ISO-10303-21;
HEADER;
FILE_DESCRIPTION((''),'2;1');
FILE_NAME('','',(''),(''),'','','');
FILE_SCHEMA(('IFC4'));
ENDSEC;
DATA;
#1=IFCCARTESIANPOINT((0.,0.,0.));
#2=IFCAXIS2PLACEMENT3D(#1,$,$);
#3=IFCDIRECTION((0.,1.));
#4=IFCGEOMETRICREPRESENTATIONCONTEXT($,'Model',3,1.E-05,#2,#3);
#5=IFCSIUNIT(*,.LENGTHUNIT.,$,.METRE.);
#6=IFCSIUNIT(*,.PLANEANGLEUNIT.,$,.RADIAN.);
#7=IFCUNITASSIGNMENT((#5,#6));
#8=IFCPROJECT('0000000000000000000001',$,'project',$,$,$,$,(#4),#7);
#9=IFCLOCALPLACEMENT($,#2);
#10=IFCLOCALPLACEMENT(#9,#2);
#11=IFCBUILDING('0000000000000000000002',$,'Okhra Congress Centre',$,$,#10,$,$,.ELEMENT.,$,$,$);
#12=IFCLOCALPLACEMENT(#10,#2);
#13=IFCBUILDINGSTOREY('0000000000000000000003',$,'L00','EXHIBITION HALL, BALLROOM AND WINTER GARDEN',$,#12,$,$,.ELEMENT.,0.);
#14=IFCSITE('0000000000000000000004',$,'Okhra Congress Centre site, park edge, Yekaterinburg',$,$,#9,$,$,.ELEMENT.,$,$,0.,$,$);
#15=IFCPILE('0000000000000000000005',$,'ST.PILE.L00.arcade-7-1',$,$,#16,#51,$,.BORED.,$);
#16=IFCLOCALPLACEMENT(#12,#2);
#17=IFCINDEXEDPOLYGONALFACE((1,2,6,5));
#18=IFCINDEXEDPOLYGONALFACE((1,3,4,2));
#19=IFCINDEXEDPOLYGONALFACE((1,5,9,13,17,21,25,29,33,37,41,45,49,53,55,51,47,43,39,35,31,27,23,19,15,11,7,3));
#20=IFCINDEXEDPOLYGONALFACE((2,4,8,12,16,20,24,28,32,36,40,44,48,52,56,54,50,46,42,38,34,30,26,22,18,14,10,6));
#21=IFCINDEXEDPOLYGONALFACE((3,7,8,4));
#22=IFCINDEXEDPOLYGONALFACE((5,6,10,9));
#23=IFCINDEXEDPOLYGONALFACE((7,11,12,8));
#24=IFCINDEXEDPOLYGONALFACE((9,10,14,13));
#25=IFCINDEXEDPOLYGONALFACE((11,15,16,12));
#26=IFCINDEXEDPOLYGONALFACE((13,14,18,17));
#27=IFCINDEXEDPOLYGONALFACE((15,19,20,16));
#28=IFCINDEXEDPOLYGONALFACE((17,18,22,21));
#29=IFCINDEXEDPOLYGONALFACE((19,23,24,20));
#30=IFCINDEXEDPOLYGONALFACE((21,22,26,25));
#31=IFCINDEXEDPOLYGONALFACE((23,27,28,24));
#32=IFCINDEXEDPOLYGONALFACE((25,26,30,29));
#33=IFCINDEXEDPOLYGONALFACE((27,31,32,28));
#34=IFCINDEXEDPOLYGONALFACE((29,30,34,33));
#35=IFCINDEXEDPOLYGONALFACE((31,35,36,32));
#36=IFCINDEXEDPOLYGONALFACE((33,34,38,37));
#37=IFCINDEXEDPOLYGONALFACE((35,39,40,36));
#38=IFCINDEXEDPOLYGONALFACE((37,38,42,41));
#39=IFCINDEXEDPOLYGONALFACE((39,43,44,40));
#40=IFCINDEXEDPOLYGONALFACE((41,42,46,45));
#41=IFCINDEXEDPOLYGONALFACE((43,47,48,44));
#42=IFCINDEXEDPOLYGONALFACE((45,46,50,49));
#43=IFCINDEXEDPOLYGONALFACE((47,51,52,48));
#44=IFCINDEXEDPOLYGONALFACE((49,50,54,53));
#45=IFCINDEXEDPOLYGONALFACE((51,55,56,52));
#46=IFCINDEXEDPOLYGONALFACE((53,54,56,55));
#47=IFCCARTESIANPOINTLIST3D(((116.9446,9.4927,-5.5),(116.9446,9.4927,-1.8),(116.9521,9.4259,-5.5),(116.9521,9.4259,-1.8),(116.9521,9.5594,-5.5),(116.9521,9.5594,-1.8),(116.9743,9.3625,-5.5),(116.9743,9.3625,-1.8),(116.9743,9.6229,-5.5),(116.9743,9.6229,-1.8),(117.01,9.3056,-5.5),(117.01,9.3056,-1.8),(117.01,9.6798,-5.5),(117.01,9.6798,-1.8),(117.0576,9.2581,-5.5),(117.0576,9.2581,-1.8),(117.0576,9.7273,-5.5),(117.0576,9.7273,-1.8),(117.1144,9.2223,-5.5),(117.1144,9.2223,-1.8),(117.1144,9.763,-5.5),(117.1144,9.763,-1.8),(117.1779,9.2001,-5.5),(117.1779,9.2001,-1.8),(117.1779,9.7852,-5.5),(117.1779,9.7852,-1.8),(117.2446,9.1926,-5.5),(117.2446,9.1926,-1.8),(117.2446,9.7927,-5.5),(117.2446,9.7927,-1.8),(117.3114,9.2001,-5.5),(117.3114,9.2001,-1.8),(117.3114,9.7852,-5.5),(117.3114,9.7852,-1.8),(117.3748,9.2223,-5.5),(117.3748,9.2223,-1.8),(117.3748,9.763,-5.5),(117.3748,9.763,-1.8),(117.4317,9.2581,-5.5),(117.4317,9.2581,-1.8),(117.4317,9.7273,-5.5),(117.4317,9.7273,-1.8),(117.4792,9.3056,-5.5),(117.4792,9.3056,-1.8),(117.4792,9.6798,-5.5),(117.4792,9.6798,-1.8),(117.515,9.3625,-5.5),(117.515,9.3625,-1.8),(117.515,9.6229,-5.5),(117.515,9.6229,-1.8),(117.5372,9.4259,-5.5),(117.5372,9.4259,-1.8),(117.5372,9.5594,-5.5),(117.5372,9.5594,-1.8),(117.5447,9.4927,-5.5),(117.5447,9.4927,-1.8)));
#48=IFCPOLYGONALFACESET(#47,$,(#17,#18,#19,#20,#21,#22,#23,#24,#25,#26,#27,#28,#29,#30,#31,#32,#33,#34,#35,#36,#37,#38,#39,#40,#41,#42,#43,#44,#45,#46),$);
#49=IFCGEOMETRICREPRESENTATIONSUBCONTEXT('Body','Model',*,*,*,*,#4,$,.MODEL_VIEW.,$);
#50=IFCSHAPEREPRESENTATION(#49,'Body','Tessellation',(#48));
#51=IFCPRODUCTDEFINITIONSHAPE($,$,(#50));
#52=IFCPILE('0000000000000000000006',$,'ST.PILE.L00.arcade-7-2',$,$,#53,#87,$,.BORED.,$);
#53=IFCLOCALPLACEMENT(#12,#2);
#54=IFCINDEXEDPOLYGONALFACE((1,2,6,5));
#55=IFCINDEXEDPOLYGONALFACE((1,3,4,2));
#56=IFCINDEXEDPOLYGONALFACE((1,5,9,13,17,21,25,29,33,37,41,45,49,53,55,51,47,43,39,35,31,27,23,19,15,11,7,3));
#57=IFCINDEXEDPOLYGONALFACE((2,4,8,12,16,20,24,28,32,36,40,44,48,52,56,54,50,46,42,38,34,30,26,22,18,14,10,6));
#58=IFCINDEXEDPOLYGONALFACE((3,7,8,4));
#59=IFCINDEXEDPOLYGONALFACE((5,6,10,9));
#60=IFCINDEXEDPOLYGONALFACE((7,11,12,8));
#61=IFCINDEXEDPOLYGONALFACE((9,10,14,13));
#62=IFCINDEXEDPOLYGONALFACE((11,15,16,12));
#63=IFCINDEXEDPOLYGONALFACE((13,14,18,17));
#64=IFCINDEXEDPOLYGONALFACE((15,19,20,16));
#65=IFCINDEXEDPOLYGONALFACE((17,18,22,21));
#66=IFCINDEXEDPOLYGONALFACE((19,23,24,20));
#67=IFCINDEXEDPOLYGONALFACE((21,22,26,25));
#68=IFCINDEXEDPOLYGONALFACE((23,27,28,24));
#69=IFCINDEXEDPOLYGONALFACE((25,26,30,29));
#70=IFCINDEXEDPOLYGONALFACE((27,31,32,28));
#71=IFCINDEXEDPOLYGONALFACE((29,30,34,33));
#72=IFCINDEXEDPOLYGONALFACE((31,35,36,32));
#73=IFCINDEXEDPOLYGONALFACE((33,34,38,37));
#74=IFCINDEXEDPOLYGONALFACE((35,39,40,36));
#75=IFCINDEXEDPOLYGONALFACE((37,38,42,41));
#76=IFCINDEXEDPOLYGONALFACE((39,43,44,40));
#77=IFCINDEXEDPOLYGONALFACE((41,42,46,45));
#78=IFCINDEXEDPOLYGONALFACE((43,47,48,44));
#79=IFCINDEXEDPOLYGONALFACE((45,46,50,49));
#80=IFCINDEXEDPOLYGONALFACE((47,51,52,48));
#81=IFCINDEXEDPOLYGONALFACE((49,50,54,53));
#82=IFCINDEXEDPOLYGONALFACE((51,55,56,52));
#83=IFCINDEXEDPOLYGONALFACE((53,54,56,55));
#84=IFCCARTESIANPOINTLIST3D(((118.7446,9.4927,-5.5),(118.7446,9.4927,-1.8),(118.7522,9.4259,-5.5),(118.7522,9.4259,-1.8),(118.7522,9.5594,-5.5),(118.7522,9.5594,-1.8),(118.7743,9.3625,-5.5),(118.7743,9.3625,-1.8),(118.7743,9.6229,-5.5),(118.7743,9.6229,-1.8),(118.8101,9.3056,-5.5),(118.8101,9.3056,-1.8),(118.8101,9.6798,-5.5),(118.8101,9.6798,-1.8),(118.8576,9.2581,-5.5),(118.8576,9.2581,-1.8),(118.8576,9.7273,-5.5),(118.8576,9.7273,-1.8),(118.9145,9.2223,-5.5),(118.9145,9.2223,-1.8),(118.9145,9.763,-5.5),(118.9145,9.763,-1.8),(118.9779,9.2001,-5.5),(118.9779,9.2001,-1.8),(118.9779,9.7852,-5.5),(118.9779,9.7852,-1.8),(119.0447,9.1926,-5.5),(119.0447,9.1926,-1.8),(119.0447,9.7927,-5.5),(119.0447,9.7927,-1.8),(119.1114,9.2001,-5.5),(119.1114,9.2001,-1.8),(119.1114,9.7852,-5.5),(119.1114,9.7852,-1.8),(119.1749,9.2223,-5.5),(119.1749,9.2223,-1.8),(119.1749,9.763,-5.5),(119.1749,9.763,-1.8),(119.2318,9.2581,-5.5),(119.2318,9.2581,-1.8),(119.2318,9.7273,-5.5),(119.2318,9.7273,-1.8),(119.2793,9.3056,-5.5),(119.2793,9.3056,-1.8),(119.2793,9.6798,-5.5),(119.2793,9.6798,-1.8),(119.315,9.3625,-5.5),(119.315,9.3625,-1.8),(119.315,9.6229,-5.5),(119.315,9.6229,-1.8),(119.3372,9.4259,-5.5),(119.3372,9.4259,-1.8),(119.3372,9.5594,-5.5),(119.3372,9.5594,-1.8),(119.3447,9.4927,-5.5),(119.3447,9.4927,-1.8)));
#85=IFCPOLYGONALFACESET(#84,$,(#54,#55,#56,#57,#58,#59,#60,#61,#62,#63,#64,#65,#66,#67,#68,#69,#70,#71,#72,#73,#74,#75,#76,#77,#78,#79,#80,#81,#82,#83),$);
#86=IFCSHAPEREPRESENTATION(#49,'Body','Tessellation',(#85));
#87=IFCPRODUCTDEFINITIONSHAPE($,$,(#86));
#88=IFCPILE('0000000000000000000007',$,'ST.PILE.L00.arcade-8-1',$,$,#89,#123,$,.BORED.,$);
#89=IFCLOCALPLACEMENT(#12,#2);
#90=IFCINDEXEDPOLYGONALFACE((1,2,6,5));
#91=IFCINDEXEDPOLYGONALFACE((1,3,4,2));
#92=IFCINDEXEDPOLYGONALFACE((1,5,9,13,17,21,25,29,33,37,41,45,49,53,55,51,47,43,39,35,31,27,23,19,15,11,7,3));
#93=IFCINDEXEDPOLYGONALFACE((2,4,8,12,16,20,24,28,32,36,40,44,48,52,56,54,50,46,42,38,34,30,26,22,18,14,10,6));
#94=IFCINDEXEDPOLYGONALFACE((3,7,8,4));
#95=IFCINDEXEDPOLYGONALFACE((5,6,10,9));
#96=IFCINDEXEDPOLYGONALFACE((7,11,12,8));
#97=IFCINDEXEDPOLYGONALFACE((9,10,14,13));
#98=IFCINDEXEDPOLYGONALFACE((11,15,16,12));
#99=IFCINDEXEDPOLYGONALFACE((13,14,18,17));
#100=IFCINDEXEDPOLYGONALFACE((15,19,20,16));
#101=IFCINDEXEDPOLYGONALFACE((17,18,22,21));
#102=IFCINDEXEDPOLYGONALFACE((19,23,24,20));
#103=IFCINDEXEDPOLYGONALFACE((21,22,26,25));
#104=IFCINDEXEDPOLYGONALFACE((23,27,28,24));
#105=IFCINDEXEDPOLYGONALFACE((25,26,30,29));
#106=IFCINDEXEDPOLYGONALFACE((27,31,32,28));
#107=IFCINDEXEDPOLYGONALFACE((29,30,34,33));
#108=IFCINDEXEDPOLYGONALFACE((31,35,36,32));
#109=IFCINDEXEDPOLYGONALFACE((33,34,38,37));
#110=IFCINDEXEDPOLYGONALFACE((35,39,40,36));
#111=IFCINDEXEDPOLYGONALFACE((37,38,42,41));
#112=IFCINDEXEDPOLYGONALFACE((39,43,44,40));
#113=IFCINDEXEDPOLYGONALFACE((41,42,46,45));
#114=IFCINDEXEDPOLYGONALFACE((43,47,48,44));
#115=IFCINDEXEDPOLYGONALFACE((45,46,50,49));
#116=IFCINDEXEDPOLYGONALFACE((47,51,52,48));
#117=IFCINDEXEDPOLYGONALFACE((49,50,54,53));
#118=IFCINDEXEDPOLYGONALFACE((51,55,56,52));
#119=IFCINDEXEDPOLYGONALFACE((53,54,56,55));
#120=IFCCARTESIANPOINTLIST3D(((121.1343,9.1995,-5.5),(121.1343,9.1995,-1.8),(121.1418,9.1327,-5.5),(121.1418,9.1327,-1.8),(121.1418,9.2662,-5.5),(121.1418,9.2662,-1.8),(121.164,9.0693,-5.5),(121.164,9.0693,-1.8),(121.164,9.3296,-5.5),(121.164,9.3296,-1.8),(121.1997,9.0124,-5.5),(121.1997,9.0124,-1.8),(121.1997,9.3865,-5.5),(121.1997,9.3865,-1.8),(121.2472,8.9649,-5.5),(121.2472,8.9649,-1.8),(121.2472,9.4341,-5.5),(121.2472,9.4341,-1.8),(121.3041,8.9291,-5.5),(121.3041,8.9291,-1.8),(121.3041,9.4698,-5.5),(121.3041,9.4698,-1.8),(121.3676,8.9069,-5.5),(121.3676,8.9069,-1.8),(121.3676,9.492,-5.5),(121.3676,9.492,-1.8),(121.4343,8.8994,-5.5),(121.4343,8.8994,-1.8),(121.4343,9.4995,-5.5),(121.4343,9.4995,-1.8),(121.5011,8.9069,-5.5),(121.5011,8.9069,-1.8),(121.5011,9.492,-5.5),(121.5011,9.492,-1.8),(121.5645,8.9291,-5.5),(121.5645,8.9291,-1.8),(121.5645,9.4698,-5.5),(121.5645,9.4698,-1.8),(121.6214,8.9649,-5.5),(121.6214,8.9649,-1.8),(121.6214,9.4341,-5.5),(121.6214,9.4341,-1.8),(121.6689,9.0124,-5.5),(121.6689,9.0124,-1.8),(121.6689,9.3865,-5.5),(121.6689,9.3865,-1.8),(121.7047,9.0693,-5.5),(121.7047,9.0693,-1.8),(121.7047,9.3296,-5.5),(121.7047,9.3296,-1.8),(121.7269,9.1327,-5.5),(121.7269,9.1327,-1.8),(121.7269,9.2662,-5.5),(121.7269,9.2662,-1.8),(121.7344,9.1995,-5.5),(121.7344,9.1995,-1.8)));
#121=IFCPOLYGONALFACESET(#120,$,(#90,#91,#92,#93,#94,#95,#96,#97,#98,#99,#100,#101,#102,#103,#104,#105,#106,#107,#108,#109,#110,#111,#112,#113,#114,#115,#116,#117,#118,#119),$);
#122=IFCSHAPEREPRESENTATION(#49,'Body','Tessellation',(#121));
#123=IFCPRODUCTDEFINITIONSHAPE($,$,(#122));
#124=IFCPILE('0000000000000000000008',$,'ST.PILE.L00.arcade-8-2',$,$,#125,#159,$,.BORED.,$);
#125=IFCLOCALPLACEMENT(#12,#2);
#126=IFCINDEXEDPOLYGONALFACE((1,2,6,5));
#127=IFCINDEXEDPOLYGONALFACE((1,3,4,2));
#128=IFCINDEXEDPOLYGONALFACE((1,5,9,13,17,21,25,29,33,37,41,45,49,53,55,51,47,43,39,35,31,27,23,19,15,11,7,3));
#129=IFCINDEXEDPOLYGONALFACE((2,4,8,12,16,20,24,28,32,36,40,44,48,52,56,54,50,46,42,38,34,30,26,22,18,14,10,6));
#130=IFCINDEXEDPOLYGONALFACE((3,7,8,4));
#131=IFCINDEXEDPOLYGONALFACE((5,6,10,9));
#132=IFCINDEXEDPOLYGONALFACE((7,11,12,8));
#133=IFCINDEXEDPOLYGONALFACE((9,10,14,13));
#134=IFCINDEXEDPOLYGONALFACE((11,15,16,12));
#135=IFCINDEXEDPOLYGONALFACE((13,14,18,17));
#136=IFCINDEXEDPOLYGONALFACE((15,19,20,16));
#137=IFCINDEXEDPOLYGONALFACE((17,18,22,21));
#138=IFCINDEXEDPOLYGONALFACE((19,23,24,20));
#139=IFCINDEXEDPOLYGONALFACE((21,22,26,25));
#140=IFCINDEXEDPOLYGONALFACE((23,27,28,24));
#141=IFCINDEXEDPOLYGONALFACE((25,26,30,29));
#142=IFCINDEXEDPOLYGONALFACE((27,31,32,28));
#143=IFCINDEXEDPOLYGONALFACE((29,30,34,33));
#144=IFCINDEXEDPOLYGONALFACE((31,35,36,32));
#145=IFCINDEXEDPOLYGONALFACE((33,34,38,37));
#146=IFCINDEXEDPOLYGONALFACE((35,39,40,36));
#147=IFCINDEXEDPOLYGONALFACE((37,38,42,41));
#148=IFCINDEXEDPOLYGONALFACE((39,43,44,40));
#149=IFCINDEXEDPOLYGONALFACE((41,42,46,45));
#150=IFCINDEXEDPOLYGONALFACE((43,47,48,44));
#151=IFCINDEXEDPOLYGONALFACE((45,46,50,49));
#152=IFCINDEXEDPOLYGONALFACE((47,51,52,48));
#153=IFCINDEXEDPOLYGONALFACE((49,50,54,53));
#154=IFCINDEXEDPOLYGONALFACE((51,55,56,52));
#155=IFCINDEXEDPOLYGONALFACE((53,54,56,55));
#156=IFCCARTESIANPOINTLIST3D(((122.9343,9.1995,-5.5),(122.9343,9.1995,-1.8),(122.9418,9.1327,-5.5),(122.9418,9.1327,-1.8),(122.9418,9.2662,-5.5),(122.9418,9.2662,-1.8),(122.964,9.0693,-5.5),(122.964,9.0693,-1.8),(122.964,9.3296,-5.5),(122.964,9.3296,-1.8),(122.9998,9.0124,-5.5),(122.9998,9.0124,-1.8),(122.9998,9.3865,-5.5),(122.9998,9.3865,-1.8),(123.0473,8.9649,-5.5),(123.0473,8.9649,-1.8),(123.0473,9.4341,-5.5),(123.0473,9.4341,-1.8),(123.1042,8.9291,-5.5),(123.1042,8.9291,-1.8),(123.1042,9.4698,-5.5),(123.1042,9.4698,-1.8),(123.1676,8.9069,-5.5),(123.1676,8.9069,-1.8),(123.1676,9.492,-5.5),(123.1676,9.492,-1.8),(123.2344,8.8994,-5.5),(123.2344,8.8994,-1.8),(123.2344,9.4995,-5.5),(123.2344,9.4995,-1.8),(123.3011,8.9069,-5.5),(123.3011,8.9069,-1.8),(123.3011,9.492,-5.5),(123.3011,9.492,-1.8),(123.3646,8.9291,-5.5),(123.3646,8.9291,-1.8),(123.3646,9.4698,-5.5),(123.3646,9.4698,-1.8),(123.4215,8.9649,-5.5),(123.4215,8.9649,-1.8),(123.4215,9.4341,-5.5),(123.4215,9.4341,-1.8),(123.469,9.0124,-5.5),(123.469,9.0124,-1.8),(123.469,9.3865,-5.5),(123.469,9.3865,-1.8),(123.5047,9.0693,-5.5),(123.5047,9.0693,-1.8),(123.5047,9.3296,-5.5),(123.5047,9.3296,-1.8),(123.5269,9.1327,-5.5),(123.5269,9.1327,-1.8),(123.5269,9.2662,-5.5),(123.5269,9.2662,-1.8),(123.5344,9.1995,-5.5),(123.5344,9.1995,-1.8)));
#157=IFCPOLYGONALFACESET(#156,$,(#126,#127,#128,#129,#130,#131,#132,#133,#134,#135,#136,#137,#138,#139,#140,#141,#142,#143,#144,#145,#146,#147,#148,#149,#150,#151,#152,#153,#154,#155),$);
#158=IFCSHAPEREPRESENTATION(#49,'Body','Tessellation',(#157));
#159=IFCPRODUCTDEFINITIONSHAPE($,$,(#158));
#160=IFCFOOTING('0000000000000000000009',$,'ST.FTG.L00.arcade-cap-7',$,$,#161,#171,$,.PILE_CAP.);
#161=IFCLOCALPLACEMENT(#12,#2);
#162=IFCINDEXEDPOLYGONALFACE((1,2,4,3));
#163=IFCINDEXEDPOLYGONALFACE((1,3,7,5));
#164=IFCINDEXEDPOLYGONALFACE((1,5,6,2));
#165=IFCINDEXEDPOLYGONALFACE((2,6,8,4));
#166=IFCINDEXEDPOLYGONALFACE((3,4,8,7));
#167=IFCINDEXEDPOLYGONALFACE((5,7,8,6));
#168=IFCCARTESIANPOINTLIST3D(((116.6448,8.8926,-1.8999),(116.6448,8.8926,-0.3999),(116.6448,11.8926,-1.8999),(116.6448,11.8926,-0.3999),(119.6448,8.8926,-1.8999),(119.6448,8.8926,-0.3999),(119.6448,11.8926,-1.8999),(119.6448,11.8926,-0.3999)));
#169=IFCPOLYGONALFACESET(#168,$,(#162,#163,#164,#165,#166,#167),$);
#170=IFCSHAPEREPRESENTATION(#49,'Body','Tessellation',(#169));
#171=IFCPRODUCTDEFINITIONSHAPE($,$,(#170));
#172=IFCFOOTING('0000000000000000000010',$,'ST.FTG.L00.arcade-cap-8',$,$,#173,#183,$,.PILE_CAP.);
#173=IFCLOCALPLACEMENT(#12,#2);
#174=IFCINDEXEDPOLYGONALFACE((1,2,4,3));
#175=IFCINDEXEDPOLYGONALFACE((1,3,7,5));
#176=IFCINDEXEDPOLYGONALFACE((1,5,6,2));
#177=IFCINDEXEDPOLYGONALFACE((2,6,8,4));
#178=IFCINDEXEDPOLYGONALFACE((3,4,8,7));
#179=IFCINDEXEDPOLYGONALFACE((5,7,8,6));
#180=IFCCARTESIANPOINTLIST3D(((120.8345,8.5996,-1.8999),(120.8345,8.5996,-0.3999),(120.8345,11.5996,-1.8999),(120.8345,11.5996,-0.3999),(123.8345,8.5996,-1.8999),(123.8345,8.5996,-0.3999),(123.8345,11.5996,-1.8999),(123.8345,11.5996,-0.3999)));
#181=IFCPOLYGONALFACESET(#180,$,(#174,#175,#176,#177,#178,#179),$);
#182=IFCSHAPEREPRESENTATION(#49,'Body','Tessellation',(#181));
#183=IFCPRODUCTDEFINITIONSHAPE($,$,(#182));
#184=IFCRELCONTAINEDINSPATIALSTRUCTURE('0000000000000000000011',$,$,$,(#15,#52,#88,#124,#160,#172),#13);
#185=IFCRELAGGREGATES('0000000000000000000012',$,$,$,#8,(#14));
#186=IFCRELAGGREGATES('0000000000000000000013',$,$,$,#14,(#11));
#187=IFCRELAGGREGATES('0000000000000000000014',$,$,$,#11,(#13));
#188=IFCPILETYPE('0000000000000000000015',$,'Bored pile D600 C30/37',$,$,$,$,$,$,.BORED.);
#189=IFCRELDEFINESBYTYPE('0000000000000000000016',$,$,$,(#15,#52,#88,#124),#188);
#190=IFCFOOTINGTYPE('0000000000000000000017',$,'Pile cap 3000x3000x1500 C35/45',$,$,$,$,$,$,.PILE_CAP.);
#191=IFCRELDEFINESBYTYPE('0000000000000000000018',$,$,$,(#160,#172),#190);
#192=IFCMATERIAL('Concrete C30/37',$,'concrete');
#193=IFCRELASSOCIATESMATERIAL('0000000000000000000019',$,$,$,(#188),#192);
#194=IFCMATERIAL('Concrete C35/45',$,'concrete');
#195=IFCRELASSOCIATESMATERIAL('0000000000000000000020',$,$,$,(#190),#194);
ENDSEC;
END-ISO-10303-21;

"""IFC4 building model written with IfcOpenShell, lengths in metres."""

from ifc_helpers import new_model, si_unit, direction, frame, origin, origin_2d, place, context, subcontext, project, spatial, rectangle, circle, extrude, material, material_profile, profile_set, type_object, element, save


model = new_model("IFC4")

# Units and contexts
model_context = context("Model", 3, precision=1e-05, world=origin(), true_north=direction((0.0, 1.0)))
body_context = subcontext(model_context, "Body", "Model", "MODEL_VIEW")
ifc_project = project(units=[si_unit("LENGTHUNIT", "METRE"), si_unit("PLANEANGLEUNIT", "RADIAN")], contexts=[model_context])

# Site, building, storey
site_placement = place(None, origin())
site = spatial("IfcSite", under=ifc_project, at=site_placement, Name="Okhra Congress Centre site, park edge, Yekaterinburg", CompositionType="ELEMENT", RefElevation=0.0)
building_placement = place(site_placement, origin())
building = spatial("IfcBuilding", under=site, at=building_placement, Name="Okhra Congress Centre", CompositionType="ELEMENT")
storey_placement = place(building_placement, origin())
storey = spatial("IfcBuildingStorey", under=building, at=storey_placement, Name="L00", Description="EXHIBITION HALL, BALLROOM AND WINTER GARDEN", CompositionType="ELEMENT", Elevation=0.0)

# Piles
ifc_material_1 = material(Name="Concrete C30/37", Category="concrete")
ifc_material_profile_1 = material_profile(ifc_material_1, circle(Radius=0.3, at=origin_2d()), Name="D600")
ifc_profile_set_1 = profile_set([ifc_material_profile_1], Name="Concrete C30/37")
pile_type = type_object("IfcPileType", Name="Bored pile D600 C30/37", PredefinedType="BORED", material=ifc_profile_set_1)
for number, where, z_axis, x_axis, name in (
    (1, (117.2446, 9.4927, -1.8), (0.0, 0.0, -1.0), (1.0, 0.0, 0.0), "ST.PILE.L00.arcade-7-1"),
    (2, (119.0447, 9.4927, -1.8), (0.0, 0.0, -1.0), (1.0, 0.0, 0.0), "ST.PILE.L00.arcade-7-2"),
    (3, (121.4343, 9.1995, -1.8), (0.0, 0.0, -1.0), (1.0, 0.0, 0.0), "ST.PILE.L00.arcade-8-1"),
    (4, (123.2344, 9.1995, -1.8), (0.0, 0.0, -1.0), (1.0, 0.0, 0.0), "ST.PILE.L00.arcade-8-2"),
):
    element("IfcPile", number, at=place(storey_placement, frame(where, z_axis=z_axis, x_axis=x_axis)), inside=storey, type_object=pile_type, Name=name, PredefinedType="BORED", context=body_context, shape_type="SweptSolid", body=[
        extrude(circle(Radius=0.3, at=origin_2d()), origin(), (0.0, 0.0, 1.0), 3.7),
    ])

# Footings
ifc_material_2 = material(Name="Concrete C35/45", Category="concrete")
footing_type = type_object("IfcFootingType", Name="Pile cap 3000x3000x1500 C35/45", PredefinedType="PILE_CAP", material=ifc_material_2)
for number, where, z_axis, x_axis, name in (
    (5, (118.1448, 10.3926, -1.8999), (0.0, 0.0, 1.0), (1.0, 0.0, 0.0), "ST.FTG.L00.arcade-cap-7"),
    (6, (122.3345, 10.0996, -1.8999), (0.0, 0.0, 1.0), (1.0, 0.0, 0.0), "ST.FTG.L00.arcade-cap-8"),
):
    element("IfcFooting", number, at=place(storey_placement, frame(where, z_axis=z_axis, x_axis=x_axis)), inside=storey, type_object=footing_type, Name=name, PredefinedType="PILE_CAP", context=body_context, shape_type="SweptSolid", body=[
        extrude(rectangle(XDim=3.0, YDim=3.0, at=origin_2d()), origin(), (0.0, 0.0, 1.0), 1.5),
    ])

save(model, "model.ifc")
